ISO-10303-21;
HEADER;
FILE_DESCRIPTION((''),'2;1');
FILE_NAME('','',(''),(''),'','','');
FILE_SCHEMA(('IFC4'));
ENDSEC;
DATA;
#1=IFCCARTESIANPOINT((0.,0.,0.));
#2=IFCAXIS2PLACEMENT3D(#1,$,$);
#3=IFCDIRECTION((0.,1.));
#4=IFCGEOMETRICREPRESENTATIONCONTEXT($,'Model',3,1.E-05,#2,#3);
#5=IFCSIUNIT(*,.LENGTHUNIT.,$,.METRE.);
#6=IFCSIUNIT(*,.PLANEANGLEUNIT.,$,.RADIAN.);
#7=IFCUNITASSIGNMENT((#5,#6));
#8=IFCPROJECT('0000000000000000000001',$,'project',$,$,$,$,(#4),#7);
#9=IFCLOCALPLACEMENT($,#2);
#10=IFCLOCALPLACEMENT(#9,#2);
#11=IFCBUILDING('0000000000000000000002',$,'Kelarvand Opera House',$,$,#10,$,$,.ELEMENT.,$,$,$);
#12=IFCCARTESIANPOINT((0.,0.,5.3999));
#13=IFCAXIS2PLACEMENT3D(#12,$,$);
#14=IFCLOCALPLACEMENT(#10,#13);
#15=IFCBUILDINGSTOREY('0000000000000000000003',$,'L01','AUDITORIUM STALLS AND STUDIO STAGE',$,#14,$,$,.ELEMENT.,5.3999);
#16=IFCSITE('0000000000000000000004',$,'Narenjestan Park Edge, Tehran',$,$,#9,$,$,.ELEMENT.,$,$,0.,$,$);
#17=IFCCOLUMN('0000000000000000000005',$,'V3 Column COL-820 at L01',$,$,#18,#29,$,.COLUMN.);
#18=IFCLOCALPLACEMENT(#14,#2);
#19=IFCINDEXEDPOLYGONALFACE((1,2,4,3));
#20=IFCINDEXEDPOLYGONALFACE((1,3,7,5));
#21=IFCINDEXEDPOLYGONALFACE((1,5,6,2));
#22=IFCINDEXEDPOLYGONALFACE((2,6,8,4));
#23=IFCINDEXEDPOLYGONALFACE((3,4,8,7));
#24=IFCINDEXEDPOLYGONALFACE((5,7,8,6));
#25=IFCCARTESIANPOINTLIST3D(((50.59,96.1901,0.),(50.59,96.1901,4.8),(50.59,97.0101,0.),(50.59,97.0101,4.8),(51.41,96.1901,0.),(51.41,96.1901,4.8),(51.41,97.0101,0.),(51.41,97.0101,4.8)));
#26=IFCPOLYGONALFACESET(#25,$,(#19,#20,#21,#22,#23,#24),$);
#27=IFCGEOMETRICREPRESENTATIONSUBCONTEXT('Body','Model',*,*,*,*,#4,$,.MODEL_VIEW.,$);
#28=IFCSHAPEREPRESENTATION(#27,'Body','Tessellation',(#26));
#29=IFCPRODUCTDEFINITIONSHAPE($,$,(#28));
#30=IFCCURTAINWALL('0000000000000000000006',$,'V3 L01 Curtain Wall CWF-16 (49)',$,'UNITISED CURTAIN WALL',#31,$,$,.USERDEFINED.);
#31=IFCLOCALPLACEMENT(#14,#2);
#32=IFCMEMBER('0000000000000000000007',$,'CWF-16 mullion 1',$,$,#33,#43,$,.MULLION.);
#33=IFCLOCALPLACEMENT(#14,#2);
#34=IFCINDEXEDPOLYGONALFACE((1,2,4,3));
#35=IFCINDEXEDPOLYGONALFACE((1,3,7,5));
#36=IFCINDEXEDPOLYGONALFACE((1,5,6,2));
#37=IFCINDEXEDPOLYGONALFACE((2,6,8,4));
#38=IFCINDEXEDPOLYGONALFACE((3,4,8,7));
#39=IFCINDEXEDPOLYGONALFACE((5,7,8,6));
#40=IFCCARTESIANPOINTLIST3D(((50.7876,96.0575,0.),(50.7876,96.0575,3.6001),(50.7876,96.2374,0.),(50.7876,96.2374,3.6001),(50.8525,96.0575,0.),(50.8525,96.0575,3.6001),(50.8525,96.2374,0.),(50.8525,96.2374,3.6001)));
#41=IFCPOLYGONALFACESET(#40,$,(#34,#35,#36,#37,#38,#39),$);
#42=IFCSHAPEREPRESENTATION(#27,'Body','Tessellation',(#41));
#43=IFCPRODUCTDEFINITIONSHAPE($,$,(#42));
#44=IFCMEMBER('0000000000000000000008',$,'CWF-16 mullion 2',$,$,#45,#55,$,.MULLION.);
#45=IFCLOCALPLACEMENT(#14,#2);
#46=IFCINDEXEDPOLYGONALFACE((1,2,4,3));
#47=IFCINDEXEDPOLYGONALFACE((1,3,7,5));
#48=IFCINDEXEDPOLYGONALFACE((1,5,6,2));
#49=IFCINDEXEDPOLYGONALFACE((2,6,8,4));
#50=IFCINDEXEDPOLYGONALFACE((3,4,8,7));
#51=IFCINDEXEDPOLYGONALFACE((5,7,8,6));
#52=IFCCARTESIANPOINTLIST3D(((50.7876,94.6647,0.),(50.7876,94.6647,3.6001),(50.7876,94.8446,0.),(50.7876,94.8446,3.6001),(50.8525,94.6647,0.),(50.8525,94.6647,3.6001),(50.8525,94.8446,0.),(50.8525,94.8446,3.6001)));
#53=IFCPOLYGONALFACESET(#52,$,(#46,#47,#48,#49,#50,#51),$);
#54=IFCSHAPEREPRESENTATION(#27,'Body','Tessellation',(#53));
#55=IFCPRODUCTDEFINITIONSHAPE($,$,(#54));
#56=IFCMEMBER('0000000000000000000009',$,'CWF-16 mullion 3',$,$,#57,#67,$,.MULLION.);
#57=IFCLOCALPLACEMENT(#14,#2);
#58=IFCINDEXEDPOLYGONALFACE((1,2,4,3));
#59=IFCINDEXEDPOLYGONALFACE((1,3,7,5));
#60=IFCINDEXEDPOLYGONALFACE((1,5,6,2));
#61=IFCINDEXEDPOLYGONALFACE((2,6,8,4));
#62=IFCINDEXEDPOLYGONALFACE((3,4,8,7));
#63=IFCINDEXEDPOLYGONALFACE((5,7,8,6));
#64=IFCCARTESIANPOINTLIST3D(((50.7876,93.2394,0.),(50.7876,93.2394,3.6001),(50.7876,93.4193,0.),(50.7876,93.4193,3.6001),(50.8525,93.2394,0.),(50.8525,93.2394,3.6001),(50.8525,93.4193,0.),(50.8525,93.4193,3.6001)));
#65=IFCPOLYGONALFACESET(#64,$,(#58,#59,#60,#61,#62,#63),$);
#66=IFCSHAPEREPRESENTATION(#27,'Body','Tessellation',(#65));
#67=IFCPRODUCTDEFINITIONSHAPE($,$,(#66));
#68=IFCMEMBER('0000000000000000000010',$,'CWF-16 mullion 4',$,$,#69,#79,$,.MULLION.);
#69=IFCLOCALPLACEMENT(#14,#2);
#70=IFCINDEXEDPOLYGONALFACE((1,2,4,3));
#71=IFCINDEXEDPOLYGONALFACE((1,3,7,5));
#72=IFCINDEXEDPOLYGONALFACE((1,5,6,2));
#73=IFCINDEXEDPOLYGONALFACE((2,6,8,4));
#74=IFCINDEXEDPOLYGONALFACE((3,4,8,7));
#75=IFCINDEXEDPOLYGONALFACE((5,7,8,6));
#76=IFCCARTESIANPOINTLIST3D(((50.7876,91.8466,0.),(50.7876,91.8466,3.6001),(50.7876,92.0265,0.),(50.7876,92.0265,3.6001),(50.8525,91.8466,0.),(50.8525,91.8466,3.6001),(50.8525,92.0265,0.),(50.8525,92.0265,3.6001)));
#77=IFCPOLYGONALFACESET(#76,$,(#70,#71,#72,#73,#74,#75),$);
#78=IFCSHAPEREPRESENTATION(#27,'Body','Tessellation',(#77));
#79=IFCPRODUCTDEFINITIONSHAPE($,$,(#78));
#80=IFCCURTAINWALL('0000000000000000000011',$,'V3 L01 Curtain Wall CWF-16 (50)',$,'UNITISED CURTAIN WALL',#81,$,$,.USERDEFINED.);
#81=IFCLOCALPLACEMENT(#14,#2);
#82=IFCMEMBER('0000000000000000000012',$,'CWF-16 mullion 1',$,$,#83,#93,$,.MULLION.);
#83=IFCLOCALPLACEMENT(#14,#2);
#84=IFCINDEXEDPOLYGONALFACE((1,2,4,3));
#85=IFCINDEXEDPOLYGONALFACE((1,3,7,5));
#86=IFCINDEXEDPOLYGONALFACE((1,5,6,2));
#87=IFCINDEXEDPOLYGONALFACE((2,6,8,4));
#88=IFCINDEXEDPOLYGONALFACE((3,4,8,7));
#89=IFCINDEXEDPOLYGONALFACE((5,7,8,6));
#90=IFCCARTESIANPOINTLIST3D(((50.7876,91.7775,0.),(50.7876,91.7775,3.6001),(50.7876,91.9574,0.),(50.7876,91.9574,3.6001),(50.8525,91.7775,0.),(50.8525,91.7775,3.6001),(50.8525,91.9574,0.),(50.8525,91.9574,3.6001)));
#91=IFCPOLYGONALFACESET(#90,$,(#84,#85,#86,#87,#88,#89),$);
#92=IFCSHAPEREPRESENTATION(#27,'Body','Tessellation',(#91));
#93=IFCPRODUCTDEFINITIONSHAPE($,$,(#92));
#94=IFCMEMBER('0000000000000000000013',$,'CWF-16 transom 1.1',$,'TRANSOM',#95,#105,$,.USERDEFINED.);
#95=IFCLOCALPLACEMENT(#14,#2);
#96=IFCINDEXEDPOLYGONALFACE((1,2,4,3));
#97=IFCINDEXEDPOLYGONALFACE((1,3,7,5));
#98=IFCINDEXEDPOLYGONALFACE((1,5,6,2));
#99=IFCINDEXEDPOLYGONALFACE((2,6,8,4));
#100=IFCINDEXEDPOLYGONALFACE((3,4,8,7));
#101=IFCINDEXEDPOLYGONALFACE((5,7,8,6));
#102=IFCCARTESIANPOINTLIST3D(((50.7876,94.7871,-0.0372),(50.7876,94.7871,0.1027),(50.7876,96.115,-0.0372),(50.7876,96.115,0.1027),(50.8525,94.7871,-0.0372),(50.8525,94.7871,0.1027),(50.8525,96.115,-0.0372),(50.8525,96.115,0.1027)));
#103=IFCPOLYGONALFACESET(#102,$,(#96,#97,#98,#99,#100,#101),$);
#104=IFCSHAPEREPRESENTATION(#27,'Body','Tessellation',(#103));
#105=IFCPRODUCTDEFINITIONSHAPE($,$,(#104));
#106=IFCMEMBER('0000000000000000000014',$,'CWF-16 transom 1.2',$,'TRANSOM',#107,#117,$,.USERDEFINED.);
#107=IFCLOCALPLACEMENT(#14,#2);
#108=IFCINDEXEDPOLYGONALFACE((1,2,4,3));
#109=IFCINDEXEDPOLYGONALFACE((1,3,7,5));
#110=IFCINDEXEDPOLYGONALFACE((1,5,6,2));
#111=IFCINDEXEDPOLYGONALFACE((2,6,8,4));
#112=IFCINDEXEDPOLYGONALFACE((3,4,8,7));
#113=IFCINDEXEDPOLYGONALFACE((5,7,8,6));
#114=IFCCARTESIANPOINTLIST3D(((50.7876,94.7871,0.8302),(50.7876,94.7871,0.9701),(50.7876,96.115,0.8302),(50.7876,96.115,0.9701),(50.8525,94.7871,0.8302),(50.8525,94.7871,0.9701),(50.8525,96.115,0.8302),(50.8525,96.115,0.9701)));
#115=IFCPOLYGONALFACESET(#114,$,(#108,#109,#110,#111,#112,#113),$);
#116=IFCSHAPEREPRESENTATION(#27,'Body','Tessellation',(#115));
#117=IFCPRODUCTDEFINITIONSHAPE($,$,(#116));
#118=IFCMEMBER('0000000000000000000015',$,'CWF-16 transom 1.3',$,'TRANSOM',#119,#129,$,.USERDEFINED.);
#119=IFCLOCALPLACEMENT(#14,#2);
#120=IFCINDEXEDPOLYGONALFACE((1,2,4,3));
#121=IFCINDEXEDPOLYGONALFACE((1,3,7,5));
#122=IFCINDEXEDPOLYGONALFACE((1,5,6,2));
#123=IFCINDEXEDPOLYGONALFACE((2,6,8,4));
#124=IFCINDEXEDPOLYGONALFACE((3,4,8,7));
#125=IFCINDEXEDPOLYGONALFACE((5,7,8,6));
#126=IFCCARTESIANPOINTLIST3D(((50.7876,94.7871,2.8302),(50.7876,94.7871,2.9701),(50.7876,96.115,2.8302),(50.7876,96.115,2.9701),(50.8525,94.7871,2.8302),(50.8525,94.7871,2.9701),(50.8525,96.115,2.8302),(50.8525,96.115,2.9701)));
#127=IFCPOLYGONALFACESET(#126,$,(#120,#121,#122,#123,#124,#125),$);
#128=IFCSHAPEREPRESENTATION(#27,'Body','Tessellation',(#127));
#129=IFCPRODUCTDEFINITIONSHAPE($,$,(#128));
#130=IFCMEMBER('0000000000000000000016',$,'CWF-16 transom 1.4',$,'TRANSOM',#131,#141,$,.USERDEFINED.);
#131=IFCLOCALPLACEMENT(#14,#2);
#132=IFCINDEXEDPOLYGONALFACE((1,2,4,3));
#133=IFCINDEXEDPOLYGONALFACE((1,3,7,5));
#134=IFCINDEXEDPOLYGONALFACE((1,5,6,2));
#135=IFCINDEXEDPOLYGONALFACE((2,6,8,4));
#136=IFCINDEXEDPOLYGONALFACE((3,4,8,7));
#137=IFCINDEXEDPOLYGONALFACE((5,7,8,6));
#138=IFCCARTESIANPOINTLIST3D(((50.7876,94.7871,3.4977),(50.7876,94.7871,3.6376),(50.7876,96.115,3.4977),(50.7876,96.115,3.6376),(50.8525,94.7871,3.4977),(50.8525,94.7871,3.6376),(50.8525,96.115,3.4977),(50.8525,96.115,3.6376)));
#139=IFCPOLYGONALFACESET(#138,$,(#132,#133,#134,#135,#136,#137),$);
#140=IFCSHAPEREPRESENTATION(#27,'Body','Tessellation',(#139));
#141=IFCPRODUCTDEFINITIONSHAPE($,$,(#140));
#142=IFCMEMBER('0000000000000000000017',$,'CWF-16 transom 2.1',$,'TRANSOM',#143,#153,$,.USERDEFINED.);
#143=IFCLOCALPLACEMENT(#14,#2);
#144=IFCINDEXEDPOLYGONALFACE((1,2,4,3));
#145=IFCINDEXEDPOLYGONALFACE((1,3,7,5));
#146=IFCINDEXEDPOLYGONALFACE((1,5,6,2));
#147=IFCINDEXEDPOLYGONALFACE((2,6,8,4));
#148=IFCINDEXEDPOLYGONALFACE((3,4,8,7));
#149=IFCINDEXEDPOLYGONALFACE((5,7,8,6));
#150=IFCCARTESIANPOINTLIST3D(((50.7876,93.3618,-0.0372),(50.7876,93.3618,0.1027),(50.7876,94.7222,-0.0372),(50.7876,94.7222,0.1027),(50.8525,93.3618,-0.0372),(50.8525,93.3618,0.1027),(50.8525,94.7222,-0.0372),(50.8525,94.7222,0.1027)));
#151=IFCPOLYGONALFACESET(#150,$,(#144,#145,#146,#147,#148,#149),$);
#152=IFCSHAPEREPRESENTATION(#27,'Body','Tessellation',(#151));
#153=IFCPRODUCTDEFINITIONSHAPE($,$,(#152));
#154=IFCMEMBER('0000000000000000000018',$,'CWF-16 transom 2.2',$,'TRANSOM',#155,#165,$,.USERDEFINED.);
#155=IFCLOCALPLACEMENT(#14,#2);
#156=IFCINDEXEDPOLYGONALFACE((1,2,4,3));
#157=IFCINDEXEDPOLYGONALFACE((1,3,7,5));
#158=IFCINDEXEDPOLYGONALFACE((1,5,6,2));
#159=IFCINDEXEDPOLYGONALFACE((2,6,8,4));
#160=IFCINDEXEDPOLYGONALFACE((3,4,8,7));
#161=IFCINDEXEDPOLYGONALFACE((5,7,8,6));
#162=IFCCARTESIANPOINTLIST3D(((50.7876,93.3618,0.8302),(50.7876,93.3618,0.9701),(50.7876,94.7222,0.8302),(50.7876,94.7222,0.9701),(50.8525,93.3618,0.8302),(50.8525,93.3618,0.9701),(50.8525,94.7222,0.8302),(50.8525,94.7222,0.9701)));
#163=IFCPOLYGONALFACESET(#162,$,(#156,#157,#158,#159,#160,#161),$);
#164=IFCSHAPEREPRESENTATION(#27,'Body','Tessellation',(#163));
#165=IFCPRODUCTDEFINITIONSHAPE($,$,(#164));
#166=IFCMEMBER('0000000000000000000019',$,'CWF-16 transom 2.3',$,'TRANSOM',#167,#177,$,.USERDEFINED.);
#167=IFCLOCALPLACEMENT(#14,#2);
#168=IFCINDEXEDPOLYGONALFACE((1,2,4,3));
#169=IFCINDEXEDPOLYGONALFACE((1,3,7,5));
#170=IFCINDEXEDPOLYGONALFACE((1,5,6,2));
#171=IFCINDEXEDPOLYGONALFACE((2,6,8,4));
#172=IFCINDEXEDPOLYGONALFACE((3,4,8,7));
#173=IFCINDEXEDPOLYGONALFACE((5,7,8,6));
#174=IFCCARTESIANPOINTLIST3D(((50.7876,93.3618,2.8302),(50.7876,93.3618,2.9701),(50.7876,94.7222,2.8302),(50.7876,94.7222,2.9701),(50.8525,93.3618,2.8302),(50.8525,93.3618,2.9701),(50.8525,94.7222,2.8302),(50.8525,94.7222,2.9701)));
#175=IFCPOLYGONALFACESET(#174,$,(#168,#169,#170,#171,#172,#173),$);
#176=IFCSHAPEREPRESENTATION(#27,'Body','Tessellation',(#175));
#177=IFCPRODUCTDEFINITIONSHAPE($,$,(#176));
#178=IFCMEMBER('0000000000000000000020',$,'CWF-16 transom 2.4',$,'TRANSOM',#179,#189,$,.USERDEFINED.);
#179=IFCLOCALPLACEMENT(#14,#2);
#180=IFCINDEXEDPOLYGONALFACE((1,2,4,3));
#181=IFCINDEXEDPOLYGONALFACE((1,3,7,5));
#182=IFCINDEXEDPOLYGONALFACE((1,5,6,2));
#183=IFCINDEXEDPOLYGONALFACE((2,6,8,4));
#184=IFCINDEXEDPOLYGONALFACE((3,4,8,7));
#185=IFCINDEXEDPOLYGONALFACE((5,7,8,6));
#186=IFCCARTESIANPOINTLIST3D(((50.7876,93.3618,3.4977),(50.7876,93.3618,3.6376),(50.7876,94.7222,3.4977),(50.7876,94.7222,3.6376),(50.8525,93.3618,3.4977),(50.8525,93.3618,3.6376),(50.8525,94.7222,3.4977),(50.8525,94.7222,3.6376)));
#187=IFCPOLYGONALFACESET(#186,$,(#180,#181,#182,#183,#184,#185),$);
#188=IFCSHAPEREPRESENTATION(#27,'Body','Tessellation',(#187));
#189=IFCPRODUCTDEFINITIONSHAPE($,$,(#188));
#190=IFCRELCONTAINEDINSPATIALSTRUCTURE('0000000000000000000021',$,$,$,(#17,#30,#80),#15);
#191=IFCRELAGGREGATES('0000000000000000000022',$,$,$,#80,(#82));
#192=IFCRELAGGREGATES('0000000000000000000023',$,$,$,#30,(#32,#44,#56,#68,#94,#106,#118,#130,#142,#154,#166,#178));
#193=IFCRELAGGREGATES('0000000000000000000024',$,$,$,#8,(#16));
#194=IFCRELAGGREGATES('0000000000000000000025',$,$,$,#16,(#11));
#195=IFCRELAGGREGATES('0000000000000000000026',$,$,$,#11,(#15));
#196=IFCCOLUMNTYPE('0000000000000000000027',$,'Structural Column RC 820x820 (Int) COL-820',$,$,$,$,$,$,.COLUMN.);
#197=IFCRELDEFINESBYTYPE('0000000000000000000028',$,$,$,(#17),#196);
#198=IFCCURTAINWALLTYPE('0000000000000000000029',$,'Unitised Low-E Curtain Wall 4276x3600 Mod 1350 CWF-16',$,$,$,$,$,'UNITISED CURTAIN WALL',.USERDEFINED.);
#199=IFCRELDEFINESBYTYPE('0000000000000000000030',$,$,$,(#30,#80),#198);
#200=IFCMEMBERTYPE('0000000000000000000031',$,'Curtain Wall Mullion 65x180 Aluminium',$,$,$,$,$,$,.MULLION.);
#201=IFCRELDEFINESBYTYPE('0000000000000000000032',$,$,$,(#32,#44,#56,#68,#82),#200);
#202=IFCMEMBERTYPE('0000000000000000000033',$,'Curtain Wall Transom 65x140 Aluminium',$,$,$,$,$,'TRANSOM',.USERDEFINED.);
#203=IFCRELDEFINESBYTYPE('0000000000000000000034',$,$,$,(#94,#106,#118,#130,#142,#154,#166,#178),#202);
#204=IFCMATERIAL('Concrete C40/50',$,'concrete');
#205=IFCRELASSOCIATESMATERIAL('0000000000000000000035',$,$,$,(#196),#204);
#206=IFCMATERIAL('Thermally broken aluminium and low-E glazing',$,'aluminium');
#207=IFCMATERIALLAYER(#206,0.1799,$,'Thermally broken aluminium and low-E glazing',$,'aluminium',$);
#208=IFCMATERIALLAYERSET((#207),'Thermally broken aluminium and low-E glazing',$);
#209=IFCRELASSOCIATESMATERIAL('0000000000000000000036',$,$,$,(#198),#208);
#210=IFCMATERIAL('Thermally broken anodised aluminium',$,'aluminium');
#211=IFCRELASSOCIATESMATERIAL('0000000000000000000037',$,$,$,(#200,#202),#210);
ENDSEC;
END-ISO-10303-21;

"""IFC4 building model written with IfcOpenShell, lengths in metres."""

from ifc_helpers import new_model, si_unit, direction, frame, origin, origin_2d, place, context, subcontext, project, spatial, rectangle, extrude, material, layer, layer_set, material_profile, profile_set, type_object, element, aggregate, save


model = new_model("IFC4")

# Units and contexts
model_context = context("Model", 3, precision=1e-05, world=origin(), true_north=direction((0.0, 1.0)))
body_context = subcontext(model_context, "Body", "Model", "MODEL_VIEW")
ifc_project = project(units=[si_unit("LENGTHUNIT", "METRE"), si_unit("PLANEANGLEUNIT", "RADIAN")], contexts=[model_context])

# Site, building, storey
site_placement = place(None, origin())
site = spatial("IfcSite", under=ifc_project, at=site_placement, Name="Narenjestan Park Edge, Tehran", CompositionType="ELEMENT", RefElevation=0.0)
building_placement = place(site_placement, origin())
building = spatial("IfcBuilding", under=site, at=building_placement, Name="Kelarvand Opera House", CompositionType="ELEMENT")
storey_placement = place(building_placement, frame((0.0, 0.0, 5.3999)))
storey = spatial("IfcBuildingStorey", under=building, at=storey_placement, Name="L01", Description="AUDITORIUM STALLS AND STUDIO STAGE", CompositionType="ELEMENT", Elevation=5.3999)

# Column
ifc_material_1 = material(Name="Concrete C40/50", Category="concrete")
ifc_material_profile_1 = material_profile(ifc_material_1, rectangle(XDim=0.8201, YDim=0.8201, at=origin_2d()), Name="RC 820x820", Category="concrete")
ifc_profile_set_1 = profile_set([ifc_material_profile_1], Name="Concrete C40/50")
column_type = type_object("IfcColumnType", Name="Structural Column RC 820x820 (Int) COL-820", PredefinedType="COLUMN", material=ifc_profile_set_1)
column_placement = place(storey_placement, frame((51.0, 96.6001, 0.0), z_axis=(0.0, 0.0, 1.0), x_axis=(1.0, 0.0, 0.0)))
element("IfcColumn", 1, at=column_placement, inside=storey, type_object=column_type, Name="V3 Column COL-820 at L01", PredefinedType="COLUMN", context=body_context, shape_type="SweptSolid", body=[
    extrude(rectangle(XDim=0.8201, YDim=0.8201, at=origin_2d()), origin(), (0.0, 0.0, 1.0), 4.8),
])

# Curtain wall, members
ifc_material_2 = material(Name="Thermally broken aluminium and low-E glazing", Category="aluminium")
ifc_layer_1 = layer(ifc_material_2, 0.1799, Name="Thermally broken aluminium and low-E glazing", Category="aluminium")
ifc_layer_set_1 = layer_set([ifc_layer_1], Name="Thermally broken aluminium and low-E glazing")
curtain_wall_type = type_object("IfcCurtainWallType", Name="Unitised Low-E Curtain Wall 4276x3600 Mod 1350 CWF-16", ElementType="UNITISED CURTAIN WALL", PredefinedType="USERDEFINED", material=ifc_layer_set_1)
curtain_wall_1_placement = place(storey_placement, origin())
curtain_wall_1 = element("IfcCurtainWall", 2, at=curtain_wall_1_placement, inside=storey, type_object=curtain_wall_type, Name="V3 L01 Curtain Wall CWF-16 (49)", ObjectType="UNITISED CURTAIN WALL", PredefinedType="USERDEFINED")
ifc_material_3 = material(Name="Thermally broken anodised aluminium", Category="aluminium")
ifc_material_profile_2 = material_profile(ifc_material_3, rectangle(XDim=0.0649, YDim=0.1799, at=origin_2d()), Name="ALU MULLION 65x180", Category="aluminium")
ifc_profile_set_2 = profile_set([ifc_material_profile_2], Name="Thermally broken anodised aluminium")
member_type_1 = type_object("IfcMemberType", Name="Curtain Wall Mullion 65x180 Aluminium", PredefinedType="MULLION", material=ifc_profile_set_2)
member_1_placement = place(storey_placement, frame((50.8201, 96.1475, 0.0), z_axis=(0.0, 0.0, 1.0), x_axis=(1.0, 0.0, 0.0)))
member_1 = element("IfcMember", 3, at=member_1_placement, type_object=member_type_1, Name="CWF-16 mullion 1", PredefinedType="MULLION", context=body_context, shape_type="SweptSolid", body=[
    extrude(rectangle(XDim=0.0649, YDim=0.1799, at=origin_2d()), origin(), (0.0, 0.0, 1.0), 3.6001),
])
member_2_placement = place(storey_placement, frame((50.8201, 94.7546, 0.0), z_axis=(0.0, 0.0, 1.0), x_axis=(1.0, 0.0, 0.0)))
member_2 = element("IfcMember", 4, at=member_2_placement, type_object=member_type_1, Name="CWF-16 mullion 2", PredefinedType="MULLION", context=body_context, shape_type="SweptSolid", body=[
    extrude(rectangle(XDim=0.0649, YDim=0.1799, at=origin_2d()), origin(), (0.0, 0.0, 1.0), 3.6001),
])
member_3_placement = place(storey_placement, frame((50.8201, 93.3293, 0.0), z_axis=(0.0, 0.0, 1.0), x_axis=(1.0, 0.0, 0.0)))
member_3 = element("IfcMember", 5, at=member_3_placement, type_object=member_type_1, Name="CWF-16 mullion 3", PredefinedType="MULLION", context=body_context, shape_type="SweptSolid", body=[
    extrude(rectangle(XDim=0.0649, YDim=0.1799, at=origin_2d()), origin(), (0.0, 0.0, 1.0), 3.6001),
])
member_4_placement = place(storey_placement, frame((50.8201, 91.9365, 0.0), z_axis=(0.0, 0.0, 1.0), x_axis=(1.0, 0.0, 0.0)))
member_4 = element("IfcMember", 6, at=member_4_placement, type_object=member_type_1, Name="CWF-16 mullion 4", PredefinedType="MULLION", context=body_context, shape_type="SweptSolid", body=[
    extrude(rectangle(XDim=0.0649, YDim=0.1799, at=origin_2d()), origin(), (0.0, 0.0, 1.0), 3.6001),
])

# Curtain wall, member
curtain_wall_2_placement = place(storey_placement, origin())
curtain_wall_2 = element("IfcCurtainWall", 7, at=curtain_wall_2_placement, inside=storey, type_object=curtain_wall_type, Name="V3 L01 Curtain Wall CWF-16 (50)", ObjectType="UNITISED CURTAIN WALL", PredefinedType="USERDEFINED")
member_5_placement = place(storey_placement, frame((50.8201, 91.8674, 0.0), z_axis=(0.0, 0.0, 1.0), x_axis=(1.0, 0.0, 0.0)))
member_5 = element("IfcMember", 8, at=member_5_placement, type_object=member_type_1, Name="CWF-16 mullion 1", PredefinedType="MULLION", context=body_context, shape_type="SweptSolid", body=[
    extrude(rectangle(XDim=0.0649, YDim=0.1799, at=origin_2d()), origin(), (0.0, 0.0, 1.0), 3.6001),
])

# Members
ifc_material_profile_3 = material_profile(ifc_material_3, rectangle(XDim=0.0649, YDim=0.1399, at=origin_2d()), Name="ALU TRANSOM 65x140", Category="aluminium")
ifc_profile_set_3 = profile_set([ifc_material_profile_3], Name="Thermally broken anodised aluminium")
member_type_2 = type_object("IfcMemberType", Name="Curtain Wall Transom 65x140 Aluminium", ElementType="TRANSOM", PredefinedType="USERDEFINED", material=ifc_profile_set_3)
member_6_placement = place(storey_placement, frame((50.8201, 96.115, 0.0327), z_axis=(0.0, -1.0, 0.0), x_axis=(1.0, 0.0, 0.0)))
member_6 = element("IfcMember", 9, at=member_6_placement, type_object=member_type_2, Name="CWF-16 transom 1.1", ObjectType="TRANSOM", PredefinedType="USERDEFINED", context=body_context, shape_type="SweptSolid", body=[
    extrude(rectangle(XDim=0.0649, YDim=0.1399, at=origin_2d()), origin(), (0.0, 0.0, 1.0), 1.3279),
])
member_7_placement = place(storey_placement, frame((50.8201, 96.115, 0.9001), z_axis=(0.0, -1.0, 0.0), x_axis=(1.0, 0.0, 0.0)))
member_7 = element("IfcMember", 10, at=member_7_placement, type_object=member_type_2, Name="CWF-16 transom 1.2", ObjectType="TRANSOM", PredefinedType="USERDEFINED", context=body_context, shape_type="SweptSolid", body=[
    extrude(rectangle(XDim=0.0649, YDim=0.1399, at=origin_2d()), origin(), (0.0, 0.0, 1.0), 1.3279),
])
member_8_placement = place(storey_placement, frame((50.8201, 96.115, 2.9001), z_axis=(0.0, -1.0, 0.0), x_axis=(1.0, 0.0, 0.0)))
member_8 = element("IfcMember", 11, at=member_8_placement, type_object=member_type_2, Name="CWF-16 transom 1.3", ObjectType="TRANSOM", PredefinedType="USERDEFINED", context=body_context, shape_type="SweptSolid", body=[
    extrude(rectangle(XDim=0.0649, YDim=0.1399, at=origin_2d()), origin(), (0.0, 0.0, 1.0), 1.3279),
])
member_9_placement = place(storey_placement, frame((50.8201, 96.115, 3.5676), z_axis=(0.0, -1.0, 0.0), x_axis=(1.0, 0.0, 0.0)))
member_9 = element("IfcMember", 12, at=member_9_placement, type_object=member_type_2, Name="CWF-16 transom 1.4", ObjectType="TRANSOM", PredefinedType="USERDEFINED", context=body_context, shape_type="SweptSolid", body=[
    extrude(rectangle(XDim=0.0649, YDim=0.1399, at=origin_2d()), origin(), (0.0, 0.0, 1.0), 1.3279),
])
member_10_placement = place(storey_placement, frame((50.8201, 94.7222, 0.0327), z_axis=(0.0, -1.0, 0.0), x_axis=(1.0, 0.0, 0.0)))
member_10 = element("IfcMember", 13, at=member_10_placement, type_object=member_type_2, Name="CWF-16 transom 2.1", ObjectType="TRANSOM", PredefinedType="USERDEFINED", context=body_context, shape_type="SweptSolid", body=[
    extrude(rectangle(XDim=0.0649, YDim=0.1399, at=origin_2d()), origin(), (0.0, 0.0, 1.0), 1.3604),
])
member_11_placement = place(storey_placement, frame((50.8201, 94.7222, 0.9001), z_axis=(0.0, -1.0, 0.0), x_axis=(1.0, 0.0, 0.0)))
member_11 = element("IfcMember", 14, at=member_11_placement, type_object=member_type_2, Name="CWF-16 transom 2.2", ObjectType="TRANSOM", PredefinedType="USERDEFINED", context=body_context, shape_type="SweptSolid", body=[
    extrude(rectangle(XDim=0.0649, YDim=0.1399, at=origin_2d()), origin(), (0.0, 0.0, 1.0), 1.3604),
])
member_12_placement = place(storey_placement, frame((50.8201, 94.7222, 2.9001), z_axis=(0.0, -1.0, 0.0), x_axis=(1.0, 0.0, 0.0)))
member_12 = element("IfcMember", 15, at=member_12_placement, type_object=member_type_2, Name="CWF-16 transom 2.3", ObjectType="TRANSOM", PredefinedType="USERDEFINED", context=body_context, shape_type="SweptSolid", body=[
    extrude(rectangle(XDim=0.0649, YDim=0.1399, at=origin_2d()), origin(), (0.0, 0.0, 1.0), 1.3604),
])
member_13_placement = place(storey_placement, frame((50.8201, 94.7222, 3.5676), z_axis=(0.0, -1.0, 0.0), x_axis=(1.0, 0.0, 0.0)))
member_13 = element("IfcMember", 16, at=member_13_placement, type_object=member_type_2, Name="CWF-16 transom 2.4", ObjectType="TRANSOM", PredefinedType="USERDEFINED", context=body_context, shape_type="SweptSolid", body=[
    extrude(rectangle(XDim=0.0649, YDim=0.1399, at=origin_2d()), origin(), (0.0, 0.0, 1.0), 1.3604),
])
aggregate(curtain_wall_2, [member_5])

aggregate(curtain_wall_1, [member_1, member_2, member_3, member_4, member_6, member_7, member_8, member_9, member_10, member_11, member_12, member_13])

save(model, "model.ifc")
